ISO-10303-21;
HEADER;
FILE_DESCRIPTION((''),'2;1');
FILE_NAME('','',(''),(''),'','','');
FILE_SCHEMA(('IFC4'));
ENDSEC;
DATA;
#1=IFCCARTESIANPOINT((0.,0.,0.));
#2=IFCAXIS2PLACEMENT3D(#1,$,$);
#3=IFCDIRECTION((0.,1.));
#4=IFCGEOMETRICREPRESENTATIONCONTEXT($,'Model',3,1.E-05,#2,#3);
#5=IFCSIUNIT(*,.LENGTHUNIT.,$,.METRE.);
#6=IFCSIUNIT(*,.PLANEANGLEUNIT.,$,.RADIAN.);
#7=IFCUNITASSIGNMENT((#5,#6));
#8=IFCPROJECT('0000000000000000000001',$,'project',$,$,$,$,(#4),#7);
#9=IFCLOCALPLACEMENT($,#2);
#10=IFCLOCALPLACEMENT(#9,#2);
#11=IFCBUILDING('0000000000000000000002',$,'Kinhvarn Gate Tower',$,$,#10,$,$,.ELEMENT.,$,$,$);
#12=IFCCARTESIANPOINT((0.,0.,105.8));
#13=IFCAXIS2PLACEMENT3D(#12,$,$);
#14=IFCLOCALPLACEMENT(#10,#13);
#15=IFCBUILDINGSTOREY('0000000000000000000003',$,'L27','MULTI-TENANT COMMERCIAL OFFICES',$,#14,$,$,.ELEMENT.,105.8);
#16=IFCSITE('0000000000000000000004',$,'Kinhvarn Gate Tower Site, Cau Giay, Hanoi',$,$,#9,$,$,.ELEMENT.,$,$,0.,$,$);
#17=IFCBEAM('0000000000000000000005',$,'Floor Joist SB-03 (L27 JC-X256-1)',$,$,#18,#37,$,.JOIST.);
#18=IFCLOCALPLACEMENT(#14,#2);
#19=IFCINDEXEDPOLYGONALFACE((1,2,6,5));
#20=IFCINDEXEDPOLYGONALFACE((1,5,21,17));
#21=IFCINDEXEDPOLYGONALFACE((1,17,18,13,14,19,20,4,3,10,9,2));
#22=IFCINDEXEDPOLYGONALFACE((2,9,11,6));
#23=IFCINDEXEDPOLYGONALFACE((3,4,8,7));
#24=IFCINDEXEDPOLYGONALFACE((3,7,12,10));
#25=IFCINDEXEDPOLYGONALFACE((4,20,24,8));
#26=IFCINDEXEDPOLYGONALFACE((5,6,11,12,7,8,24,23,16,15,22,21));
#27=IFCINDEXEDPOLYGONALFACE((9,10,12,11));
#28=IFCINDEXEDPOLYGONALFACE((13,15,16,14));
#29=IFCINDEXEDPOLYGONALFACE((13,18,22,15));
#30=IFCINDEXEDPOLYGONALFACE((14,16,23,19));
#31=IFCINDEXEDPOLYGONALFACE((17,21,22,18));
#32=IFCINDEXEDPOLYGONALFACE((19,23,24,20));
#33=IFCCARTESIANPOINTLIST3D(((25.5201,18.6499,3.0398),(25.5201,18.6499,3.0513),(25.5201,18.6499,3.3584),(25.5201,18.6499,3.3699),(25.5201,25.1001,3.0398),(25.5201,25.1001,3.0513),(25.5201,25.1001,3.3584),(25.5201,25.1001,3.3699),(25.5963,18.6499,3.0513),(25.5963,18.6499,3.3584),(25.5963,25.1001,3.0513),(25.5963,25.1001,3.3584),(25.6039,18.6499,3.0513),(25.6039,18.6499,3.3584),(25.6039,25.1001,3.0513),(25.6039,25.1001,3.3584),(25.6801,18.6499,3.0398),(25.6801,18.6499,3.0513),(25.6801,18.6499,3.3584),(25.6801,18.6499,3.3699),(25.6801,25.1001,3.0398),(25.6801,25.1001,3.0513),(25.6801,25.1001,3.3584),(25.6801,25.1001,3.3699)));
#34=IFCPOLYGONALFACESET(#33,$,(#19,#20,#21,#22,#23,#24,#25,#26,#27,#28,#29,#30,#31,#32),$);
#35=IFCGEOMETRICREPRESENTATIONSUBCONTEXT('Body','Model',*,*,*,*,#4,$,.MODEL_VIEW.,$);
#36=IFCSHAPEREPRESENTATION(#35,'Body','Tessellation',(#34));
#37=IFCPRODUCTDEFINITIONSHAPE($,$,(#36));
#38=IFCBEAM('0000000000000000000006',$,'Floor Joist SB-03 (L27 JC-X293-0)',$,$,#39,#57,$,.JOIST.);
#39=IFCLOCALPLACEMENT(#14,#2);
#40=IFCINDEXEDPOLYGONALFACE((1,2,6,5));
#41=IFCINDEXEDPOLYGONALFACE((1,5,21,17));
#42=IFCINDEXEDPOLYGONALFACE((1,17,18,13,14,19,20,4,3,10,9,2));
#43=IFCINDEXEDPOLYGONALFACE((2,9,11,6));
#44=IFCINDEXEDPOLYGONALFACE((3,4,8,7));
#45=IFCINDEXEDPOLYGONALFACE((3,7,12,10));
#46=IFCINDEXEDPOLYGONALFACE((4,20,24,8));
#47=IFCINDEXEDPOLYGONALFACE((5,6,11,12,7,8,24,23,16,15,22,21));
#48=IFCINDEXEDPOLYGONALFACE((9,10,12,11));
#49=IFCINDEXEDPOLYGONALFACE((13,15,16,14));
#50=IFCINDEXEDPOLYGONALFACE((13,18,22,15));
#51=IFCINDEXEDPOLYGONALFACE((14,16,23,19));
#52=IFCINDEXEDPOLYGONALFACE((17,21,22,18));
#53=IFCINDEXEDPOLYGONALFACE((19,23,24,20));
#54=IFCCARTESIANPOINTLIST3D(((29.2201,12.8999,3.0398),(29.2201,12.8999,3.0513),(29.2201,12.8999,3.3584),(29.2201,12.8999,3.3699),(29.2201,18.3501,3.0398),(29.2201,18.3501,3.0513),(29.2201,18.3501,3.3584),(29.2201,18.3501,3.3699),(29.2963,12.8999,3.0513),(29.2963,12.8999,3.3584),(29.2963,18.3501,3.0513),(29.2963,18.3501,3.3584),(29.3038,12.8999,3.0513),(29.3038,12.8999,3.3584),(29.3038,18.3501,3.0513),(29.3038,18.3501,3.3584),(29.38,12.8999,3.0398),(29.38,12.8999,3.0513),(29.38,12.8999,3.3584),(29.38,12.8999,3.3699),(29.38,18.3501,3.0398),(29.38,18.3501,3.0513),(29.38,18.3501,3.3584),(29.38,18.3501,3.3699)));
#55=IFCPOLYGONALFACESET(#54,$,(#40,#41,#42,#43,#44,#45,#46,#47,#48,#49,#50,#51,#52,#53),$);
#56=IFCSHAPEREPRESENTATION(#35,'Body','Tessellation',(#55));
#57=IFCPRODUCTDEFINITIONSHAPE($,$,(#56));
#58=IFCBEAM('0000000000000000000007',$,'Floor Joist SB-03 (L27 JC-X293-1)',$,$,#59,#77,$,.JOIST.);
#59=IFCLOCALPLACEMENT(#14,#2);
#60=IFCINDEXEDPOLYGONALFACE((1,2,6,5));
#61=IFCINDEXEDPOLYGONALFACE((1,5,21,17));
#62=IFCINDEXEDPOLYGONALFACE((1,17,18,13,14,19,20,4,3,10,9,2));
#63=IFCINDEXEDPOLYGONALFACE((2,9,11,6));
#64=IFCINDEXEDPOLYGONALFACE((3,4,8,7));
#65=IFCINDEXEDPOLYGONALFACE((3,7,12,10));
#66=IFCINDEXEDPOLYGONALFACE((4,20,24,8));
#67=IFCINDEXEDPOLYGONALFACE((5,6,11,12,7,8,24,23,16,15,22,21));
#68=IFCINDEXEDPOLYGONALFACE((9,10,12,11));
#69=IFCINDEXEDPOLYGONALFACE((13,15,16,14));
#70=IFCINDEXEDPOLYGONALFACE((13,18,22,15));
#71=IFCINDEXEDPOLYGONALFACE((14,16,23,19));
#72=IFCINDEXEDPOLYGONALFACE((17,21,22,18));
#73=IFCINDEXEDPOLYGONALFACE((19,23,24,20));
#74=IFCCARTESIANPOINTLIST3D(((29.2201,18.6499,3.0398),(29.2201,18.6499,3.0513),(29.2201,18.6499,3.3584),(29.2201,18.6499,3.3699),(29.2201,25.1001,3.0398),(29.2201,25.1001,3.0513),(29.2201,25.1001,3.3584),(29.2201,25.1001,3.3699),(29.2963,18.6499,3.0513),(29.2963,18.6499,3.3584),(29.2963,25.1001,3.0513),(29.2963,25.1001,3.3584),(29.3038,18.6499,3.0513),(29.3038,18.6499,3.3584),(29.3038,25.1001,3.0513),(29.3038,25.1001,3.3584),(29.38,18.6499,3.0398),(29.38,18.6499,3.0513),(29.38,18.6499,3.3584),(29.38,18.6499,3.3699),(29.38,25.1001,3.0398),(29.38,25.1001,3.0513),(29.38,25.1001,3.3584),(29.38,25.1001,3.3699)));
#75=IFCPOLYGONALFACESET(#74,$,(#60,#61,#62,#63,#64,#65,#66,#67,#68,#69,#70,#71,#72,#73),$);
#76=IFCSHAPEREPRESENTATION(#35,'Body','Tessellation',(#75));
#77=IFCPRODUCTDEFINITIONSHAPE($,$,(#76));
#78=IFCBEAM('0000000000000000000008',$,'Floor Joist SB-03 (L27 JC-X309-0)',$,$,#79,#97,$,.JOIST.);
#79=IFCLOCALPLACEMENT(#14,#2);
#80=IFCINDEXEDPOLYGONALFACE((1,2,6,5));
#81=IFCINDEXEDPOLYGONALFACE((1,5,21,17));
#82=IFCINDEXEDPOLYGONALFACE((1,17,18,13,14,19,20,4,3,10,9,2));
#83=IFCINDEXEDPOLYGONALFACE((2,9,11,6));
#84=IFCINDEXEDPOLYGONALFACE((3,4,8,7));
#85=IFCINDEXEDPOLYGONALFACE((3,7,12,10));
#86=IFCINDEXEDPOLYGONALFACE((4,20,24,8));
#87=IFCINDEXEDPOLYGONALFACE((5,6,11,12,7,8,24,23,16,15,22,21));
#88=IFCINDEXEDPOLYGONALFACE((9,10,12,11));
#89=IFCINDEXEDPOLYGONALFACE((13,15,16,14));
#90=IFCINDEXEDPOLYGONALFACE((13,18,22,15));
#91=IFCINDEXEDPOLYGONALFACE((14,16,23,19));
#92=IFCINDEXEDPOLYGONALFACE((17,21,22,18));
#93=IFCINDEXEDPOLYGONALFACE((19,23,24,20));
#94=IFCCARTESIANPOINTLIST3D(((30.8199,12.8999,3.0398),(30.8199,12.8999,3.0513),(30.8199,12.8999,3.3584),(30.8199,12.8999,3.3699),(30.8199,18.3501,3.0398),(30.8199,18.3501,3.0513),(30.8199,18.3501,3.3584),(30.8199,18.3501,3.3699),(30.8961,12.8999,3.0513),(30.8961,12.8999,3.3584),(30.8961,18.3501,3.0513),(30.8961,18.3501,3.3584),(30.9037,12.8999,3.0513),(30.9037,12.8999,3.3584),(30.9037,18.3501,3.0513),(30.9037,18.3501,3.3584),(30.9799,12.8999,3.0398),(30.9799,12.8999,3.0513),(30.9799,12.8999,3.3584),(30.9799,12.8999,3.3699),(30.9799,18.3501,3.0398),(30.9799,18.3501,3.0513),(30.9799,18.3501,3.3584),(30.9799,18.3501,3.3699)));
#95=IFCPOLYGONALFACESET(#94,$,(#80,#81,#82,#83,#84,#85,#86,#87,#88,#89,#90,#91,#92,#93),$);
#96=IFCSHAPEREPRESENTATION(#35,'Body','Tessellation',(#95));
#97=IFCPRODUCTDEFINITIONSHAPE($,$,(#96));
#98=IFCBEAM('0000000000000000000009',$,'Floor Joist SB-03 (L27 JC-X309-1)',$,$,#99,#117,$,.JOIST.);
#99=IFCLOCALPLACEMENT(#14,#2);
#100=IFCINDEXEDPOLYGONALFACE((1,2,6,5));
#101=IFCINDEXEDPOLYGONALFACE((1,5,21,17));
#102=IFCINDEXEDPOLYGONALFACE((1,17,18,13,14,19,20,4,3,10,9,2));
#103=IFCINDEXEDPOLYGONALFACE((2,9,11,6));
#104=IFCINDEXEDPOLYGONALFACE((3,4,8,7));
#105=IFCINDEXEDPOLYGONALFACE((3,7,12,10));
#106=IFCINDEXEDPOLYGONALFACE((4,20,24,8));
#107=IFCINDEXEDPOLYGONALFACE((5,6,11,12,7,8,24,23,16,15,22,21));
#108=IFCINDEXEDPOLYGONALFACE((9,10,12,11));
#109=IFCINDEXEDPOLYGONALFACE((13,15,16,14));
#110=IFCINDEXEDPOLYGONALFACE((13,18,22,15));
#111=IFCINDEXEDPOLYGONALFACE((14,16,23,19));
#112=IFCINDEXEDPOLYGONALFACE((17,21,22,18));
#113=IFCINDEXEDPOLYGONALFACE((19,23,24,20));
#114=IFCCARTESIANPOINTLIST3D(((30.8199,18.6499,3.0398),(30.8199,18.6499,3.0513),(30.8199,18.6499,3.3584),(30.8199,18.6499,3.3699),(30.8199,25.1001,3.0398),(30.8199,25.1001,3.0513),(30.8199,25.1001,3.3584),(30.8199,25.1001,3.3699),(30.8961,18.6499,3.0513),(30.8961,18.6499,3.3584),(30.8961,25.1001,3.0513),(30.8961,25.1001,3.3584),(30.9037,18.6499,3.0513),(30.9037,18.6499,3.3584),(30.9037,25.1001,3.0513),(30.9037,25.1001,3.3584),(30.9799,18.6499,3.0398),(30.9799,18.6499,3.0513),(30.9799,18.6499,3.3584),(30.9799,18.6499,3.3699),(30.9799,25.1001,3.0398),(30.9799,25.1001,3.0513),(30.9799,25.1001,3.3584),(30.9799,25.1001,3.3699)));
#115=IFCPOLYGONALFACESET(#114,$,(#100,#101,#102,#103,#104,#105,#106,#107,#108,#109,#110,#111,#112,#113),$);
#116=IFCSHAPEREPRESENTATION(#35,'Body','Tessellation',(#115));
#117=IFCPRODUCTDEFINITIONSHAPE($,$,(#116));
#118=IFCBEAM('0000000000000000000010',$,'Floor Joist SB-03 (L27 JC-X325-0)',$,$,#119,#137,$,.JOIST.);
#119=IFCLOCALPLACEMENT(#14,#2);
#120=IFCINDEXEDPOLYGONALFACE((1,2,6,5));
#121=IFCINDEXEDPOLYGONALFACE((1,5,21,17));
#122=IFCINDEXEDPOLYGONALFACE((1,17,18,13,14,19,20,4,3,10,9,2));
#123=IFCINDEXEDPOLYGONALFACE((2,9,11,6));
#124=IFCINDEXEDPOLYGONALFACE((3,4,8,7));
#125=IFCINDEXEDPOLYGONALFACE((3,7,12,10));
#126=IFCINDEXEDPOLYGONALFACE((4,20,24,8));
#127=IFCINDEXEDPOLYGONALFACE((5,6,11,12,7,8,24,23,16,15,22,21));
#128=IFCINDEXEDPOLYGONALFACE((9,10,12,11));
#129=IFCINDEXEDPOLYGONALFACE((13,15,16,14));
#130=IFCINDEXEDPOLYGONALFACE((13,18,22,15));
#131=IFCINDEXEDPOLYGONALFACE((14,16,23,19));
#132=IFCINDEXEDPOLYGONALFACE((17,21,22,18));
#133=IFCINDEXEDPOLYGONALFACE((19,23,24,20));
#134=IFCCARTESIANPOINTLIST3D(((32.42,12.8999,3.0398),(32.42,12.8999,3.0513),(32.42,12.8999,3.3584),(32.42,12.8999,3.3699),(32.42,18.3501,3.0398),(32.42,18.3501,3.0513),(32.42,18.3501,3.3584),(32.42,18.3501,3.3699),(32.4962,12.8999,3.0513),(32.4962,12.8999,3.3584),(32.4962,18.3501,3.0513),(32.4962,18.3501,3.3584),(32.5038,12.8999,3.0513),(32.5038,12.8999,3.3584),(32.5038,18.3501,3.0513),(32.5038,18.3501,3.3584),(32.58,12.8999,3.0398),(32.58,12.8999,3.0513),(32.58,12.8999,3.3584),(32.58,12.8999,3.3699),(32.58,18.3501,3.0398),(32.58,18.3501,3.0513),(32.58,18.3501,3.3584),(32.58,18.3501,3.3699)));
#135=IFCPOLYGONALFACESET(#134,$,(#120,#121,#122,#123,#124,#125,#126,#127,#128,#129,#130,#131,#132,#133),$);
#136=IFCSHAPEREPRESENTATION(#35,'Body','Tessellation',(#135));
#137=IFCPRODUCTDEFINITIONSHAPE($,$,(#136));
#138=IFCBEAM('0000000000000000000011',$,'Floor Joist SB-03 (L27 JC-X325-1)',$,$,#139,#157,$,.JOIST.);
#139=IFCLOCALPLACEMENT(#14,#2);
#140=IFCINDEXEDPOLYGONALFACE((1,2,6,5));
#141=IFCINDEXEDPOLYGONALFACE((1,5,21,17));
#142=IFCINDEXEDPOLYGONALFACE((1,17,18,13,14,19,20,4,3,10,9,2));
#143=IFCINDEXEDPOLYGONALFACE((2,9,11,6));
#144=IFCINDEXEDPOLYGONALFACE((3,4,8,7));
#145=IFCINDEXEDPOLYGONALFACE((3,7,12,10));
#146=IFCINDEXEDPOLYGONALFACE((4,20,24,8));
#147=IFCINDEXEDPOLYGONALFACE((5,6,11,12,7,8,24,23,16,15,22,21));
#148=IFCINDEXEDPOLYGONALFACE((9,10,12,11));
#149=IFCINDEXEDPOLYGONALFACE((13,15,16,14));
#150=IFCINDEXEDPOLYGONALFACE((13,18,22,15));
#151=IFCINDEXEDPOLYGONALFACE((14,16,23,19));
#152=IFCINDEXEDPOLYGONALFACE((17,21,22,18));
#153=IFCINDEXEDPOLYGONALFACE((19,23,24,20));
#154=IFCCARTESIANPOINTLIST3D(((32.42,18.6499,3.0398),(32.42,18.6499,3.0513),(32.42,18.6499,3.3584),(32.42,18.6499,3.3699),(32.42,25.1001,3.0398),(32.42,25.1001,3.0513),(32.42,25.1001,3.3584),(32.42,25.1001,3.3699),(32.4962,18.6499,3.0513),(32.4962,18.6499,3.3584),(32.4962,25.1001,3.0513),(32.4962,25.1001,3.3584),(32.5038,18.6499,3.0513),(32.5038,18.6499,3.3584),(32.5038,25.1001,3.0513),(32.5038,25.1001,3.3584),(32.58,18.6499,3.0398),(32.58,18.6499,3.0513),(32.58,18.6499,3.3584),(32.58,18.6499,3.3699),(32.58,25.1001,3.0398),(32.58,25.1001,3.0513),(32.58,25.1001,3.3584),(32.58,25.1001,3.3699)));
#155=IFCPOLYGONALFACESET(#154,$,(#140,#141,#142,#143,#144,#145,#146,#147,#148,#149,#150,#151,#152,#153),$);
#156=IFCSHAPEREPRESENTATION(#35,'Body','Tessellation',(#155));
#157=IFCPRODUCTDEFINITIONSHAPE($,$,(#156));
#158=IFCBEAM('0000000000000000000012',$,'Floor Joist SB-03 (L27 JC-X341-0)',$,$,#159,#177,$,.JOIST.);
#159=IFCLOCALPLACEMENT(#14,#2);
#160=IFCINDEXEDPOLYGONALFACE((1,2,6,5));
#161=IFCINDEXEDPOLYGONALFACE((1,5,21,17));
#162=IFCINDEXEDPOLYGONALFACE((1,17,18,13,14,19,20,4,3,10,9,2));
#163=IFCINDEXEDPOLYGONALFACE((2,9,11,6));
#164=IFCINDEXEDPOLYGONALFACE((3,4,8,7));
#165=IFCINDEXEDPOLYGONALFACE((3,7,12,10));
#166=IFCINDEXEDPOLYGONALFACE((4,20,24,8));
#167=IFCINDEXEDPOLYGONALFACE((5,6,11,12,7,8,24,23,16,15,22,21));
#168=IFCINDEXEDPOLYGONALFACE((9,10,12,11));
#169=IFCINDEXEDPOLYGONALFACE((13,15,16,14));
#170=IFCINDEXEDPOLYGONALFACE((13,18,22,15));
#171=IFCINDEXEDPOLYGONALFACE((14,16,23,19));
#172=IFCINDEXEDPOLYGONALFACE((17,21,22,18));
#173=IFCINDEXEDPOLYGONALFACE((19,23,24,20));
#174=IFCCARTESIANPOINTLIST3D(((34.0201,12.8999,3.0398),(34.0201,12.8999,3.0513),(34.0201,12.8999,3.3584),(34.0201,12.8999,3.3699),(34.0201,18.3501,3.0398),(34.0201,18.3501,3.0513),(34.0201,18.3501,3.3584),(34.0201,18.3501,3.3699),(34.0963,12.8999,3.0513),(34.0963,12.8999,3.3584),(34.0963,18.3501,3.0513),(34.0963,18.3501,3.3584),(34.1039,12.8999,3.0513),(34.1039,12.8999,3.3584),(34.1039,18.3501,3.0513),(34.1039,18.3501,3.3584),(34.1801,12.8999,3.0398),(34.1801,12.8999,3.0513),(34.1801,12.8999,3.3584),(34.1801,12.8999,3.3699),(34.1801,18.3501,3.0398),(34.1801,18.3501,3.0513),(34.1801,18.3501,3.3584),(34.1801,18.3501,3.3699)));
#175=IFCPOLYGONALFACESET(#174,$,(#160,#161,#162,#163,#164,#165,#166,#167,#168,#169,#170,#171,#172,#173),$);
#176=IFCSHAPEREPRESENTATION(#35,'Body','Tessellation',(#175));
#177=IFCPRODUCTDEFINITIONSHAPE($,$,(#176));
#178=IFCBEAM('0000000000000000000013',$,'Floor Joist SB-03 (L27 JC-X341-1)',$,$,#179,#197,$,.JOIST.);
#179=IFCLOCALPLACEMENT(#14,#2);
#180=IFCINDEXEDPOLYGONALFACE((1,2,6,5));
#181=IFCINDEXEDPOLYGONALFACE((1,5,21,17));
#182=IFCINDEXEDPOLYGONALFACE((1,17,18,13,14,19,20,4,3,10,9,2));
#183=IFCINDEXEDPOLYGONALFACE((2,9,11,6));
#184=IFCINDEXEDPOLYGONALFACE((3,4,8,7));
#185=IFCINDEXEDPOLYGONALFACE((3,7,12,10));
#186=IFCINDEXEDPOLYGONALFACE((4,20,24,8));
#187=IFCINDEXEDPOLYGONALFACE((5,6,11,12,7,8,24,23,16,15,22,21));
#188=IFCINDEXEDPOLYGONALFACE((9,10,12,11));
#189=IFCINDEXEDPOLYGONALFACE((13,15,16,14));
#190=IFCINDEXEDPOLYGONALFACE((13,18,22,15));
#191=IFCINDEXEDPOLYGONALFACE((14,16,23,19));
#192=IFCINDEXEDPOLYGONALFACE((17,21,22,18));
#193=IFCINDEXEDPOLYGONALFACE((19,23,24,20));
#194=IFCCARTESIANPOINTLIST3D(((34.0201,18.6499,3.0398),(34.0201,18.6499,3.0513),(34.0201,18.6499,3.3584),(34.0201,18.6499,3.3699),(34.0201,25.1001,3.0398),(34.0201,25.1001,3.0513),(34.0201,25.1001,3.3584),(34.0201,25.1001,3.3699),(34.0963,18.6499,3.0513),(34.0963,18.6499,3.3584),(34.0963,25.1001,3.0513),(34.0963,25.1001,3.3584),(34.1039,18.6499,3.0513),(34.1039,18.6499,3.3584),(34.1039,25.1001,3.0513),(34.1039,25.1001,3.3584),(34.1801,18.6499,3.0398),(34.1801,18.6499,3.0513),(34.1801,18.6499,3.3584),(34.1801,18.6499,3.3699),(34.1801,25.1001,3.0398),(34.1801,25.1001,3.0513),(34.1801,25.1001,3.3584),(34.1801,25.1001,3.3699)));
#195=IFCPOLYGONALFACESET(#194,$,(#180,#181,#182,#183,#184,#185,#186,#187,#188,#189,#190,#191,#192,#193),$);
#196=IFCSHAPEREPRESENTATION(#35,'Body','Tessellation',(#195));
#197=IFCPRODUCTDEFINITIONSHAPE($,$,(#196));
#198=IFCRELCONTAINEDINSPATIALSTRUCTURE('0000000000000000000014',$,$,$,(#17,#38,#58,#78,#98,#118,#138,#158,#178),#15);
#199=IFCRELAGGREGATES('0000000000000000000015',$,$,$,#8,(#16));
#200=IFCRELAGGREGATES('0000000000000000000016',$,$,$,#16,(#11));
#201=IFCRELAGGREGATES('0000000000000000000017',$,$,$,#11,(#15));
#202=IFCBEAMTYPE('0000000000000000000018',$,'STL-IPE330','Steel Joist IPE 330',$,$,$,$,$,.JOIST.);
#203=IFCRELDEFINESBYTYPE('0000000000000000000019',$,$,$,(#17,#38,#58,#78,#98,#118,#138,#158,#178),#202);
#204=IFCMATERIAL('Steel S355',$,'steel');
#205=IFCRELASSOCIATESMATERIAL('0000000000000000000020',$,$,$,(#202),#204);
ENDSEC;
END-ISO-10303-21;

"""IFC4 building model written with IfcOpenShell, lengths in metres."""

from ifc_helpers import new_model, si_unit, direction, frame, origin, origin_2d, place, context, subcontext, project, spatial, i_section, extrude, material, material_profile, profile_set, type_object, element, save


model = new_model("IFC4")

# Units and contexts
model_context = context("Model", 3, precision=1e-05, world=origin(), true_north=direction((0.0, 1.0)))
body_context = subcontext(model_context, "Body", "Model", "MODEL_VIEW")
ifc_project = project(units=[si_unit("LENGTHUNIT", "METRE"), si_unit("PLANEANGLEUNIT", "RADIAN")], contexts=[model_context])

# Site, building, storey
site_placement = place(None, origin())
site = spatial("IfcSite", under=ifc_project, at=site_placement, Name="Kinhvarn Gate Tower Site, Cau Giay, Hanoi", CompositionType="ELEMENT", RefElevation=0.0)
building_placement = place(site_placement, origin())
building = spatial("IfcBuilding", under=site, at=building_placement, Name="Kinhvarn Gate Tower", CompositionType="ELEMENT")
storey_placement = place(building_placement, frame((0.0, 0.0, 105.8)))
storey = spatial("IfcBuildingStorey", under=building, at=storey_placement, Name="L27", Description="MULTI-TENANT COMMERCIAL OFFICES", CompositionType="ELEMENT", Elevation=105.8)

# Beams
ifc_material_1 = material(Name="Steel S355", Category="steel")
ifc_material_profile_1 = material_profile(ifc_material_1, i_section(OverallWidth=0.1599, OverallDepth=0.3301, WebThickness=0.0076, FlangeThickness=0.0115, at=origin_2d()), Name="IPE 330")
ifc_profile_set_1 = profile_set([ifc_material_profile_1], Name="Steel S355")
beam_type_1 = type_object("IfcBeamType", Name="STL-IPE330", Description="Steel Joist IPE 330", PredefinedType="JOIST", material=ifc_profile_set_1)
beam_1_placement = place(storey_placement, frame((25.6001, 18.6499, 3.2048), z_axis=(0.0, 1.0, 0.0), x_axis=(-1.0, 0.0, 0.0)))
element("IfcBeam", 1, at=beam_1_placement, inside=storey, type_object=beam_type_1, Name="Floor Joist SB-03 (L27 JC-X256-1)", PredefinedType="JOIST", context=body_context, shape_type="SweptSolid", body=[
    extrude(i_section(OverallWidth=0.1599, OverallDepth=0.3301, WebThickness=0.0076, FlangeThickness=0.0115, at=origin_2d()), origin(), (0.0, 0.0, 1.0), 6.4502),
])
beam_2_placement = place(storey_placement, frame((29.3, 12.8999, 3.2048), z_axis=(0.0, 1.0, 0.0), x_axis=(-1.0, 0.0, 0.0)))
element("IfcBeam", 2, at=beam_2_placement, inside=storey, type_object=beam_type_1, Name="Floor Joist SB-03 (L27 JC-X293-0)", PredefinedType="JOIST", context=body_context, shape_type="SweptSolid", body=[
    extrude(i_section(OverallWidth=0.1599, OverallDepth=0.3301, WebThickness=0.0076, FlangeThickness=0.0115, at=origin_2d()), origin(), (0.0, 0.0, 1.0), 5.4502),
])
beam_3_placement = place(storey_placement, frame((29.3, 18.6499, 3.2048), z_axis=(0.0, 1.0, 0.0), x_axis=(-1.0, 0.0, 0.0)))
element("IfcBeam", 3, at=beam_3_placement, inside=storey, type_object=beam_type_1, Name="Floor Joist SB-03 (L27 JC-X293-1)", PredefinedType="JOIST", context=body_context, shape_type="SweptSolid", body=[
    extrude(i_section(OverallWidth=0.1599, OverallDepth=0.3301, WebThickness=0.0076, FlangeThickness=0.0115, at=origin_2d()), origin(), (0.0, 0.0, 1.0), 6.4502),
])
beam_4_placement = place(storey_placement, frame((30.8999, 12.8999, 3.2048), z_axis=(0.0, 1.0, 0.0), x_axis=(-1.0, 0.0, 0.0)))
element("IfcBeam", 4, at=beam_4_placement, inside=storey, type_object=beam_type_1, Name="Floor Joist SB-03 (L27 JC-X309-0)", PredefinedType="JOIST", context=body_context, shape_type="SweptSolid", body=[
    extrude(i_section(OverallWidth=0.1599, OverallDepth=0.3301, WebThickness=0.0076, FlangeThickness=0.0115, at=origin_2d()), origin(), (0.0, 0.0, 1.0), 5.4502),
])
beam_5_placement = place(storey_placement, frame((30.8999, 18.6499, 3.2048), z_axis=(0.0, 1.0, 0.0), x_axis=(-1.0, 0.0, 0.0)))
element("IfcBeam", 5, at=beam_5_placement, inside=storey, type_object=beam_type_1, Name="Floor Joist SB-03 (L27 JC-X309-1)", PredefinedType="JOIST", context=body_context, shape_type="SweptSolid", body=[
    extrude(i_section(OverallWidth=0.1599, OverallDepth=0.3301, WebThickness=0.0076, FlangeThickness=0.0115, at=origin_2d()), origin(), (0.0, 0.0, 1.0), 6.4502),
])
beam_6_placement = place(storey_placement, frame((32.5, 12.8999, 3.2048), z_axis=(0.0, 1.0, 0.0), x_axis=(-1.0, 0.0, 0.0)))
element("IfcBeam", 6, at=beam_6_placement, inside=storey, type_object=beam_type_1, Name="Floor Joist SB-03 (L27 JC-X325-0)", PredefinedType="JOIST", context=body_context, shape_type="SweptSolid", body=[
    extrude(i_section(OverallWidth=0.1599, OverallDepth=0.3301, WebThickness=0.0076, FlangeThickness=0.0115, at=origin_2d()), origin(), (0.0, 0.0, 1.0), 5.4502),
])
beam_7_placement = place(storey_placement, frame((32.5, 18.6499, 3.2048), z_axis=(0.0, 1.0, 0.0), x_axis=(-1.0, 0.0, 0.0)))
element("IfcBeam", 7, at=beam_7_placement, inside=storey, type_object=beam_type_1, Name="Floor Joist SB-03 (L27 JC-X325-1)", PredefinedType="JOIST", context=body_context, shape_type="SweptSolid", body=[
    extrude(i_section(OverallWidth=0.1599, OverallDepth=0.3301, WebThickness=0.0076, FlangeThickness=0.0115, at=origin_2d()), origin(), (0.0, 0.0, 1.0), 6.4502),
])
beam_8_placement = place(storey_placement, frame((34.1001, 12.8999, 3.2048), z_axis=(0.0, 1.0, 0.0), x_axis=(-1.0, 0.0, 0.0)))
element("IfcBeam", 8, at=beam_8_placement, inside=storey, type_object=beam_type_1, Name="Floor Joist SB-03 (L27 JC-X341-0)", PredefinedType="JOIST", context=body_context, shape_type="SweptSolid", body=[
    extrude(i_section(OverallWidth=0.1599, OverallDepth=0.3301, WebThickness=0.0076, FlangeThickness=0.0115, at=origin_2d()), origin(), (0.0, 0.0, 1.0), 5.4502),
])
beam_9_placement = place(storey_placement, frame((34.1001, 18.6499, 3.2048), z_axis=(0.0, 1.0, 0.0), x_axis=(-1.0, 0.0, 0.0)))
element("IfcBeam", 9, at=beam_9_placement, inside=storey, type_object=beam_type_1, Name="Floor Joist SB-03 (L27 JC-X341-1)", PredefinedType="JOIST", context=body_context, shape_type="SweptSolid", body=[
    extrude(i_section(OverallWidth=0.1599, OverallDepth=0.3301, WebThickness=0.0076, FlangeThickness=0.0115, at=origin_2d()), origin(), (0.0, 0.0, 1.0), 6.4502),
])

save(model, "model.ifc")
